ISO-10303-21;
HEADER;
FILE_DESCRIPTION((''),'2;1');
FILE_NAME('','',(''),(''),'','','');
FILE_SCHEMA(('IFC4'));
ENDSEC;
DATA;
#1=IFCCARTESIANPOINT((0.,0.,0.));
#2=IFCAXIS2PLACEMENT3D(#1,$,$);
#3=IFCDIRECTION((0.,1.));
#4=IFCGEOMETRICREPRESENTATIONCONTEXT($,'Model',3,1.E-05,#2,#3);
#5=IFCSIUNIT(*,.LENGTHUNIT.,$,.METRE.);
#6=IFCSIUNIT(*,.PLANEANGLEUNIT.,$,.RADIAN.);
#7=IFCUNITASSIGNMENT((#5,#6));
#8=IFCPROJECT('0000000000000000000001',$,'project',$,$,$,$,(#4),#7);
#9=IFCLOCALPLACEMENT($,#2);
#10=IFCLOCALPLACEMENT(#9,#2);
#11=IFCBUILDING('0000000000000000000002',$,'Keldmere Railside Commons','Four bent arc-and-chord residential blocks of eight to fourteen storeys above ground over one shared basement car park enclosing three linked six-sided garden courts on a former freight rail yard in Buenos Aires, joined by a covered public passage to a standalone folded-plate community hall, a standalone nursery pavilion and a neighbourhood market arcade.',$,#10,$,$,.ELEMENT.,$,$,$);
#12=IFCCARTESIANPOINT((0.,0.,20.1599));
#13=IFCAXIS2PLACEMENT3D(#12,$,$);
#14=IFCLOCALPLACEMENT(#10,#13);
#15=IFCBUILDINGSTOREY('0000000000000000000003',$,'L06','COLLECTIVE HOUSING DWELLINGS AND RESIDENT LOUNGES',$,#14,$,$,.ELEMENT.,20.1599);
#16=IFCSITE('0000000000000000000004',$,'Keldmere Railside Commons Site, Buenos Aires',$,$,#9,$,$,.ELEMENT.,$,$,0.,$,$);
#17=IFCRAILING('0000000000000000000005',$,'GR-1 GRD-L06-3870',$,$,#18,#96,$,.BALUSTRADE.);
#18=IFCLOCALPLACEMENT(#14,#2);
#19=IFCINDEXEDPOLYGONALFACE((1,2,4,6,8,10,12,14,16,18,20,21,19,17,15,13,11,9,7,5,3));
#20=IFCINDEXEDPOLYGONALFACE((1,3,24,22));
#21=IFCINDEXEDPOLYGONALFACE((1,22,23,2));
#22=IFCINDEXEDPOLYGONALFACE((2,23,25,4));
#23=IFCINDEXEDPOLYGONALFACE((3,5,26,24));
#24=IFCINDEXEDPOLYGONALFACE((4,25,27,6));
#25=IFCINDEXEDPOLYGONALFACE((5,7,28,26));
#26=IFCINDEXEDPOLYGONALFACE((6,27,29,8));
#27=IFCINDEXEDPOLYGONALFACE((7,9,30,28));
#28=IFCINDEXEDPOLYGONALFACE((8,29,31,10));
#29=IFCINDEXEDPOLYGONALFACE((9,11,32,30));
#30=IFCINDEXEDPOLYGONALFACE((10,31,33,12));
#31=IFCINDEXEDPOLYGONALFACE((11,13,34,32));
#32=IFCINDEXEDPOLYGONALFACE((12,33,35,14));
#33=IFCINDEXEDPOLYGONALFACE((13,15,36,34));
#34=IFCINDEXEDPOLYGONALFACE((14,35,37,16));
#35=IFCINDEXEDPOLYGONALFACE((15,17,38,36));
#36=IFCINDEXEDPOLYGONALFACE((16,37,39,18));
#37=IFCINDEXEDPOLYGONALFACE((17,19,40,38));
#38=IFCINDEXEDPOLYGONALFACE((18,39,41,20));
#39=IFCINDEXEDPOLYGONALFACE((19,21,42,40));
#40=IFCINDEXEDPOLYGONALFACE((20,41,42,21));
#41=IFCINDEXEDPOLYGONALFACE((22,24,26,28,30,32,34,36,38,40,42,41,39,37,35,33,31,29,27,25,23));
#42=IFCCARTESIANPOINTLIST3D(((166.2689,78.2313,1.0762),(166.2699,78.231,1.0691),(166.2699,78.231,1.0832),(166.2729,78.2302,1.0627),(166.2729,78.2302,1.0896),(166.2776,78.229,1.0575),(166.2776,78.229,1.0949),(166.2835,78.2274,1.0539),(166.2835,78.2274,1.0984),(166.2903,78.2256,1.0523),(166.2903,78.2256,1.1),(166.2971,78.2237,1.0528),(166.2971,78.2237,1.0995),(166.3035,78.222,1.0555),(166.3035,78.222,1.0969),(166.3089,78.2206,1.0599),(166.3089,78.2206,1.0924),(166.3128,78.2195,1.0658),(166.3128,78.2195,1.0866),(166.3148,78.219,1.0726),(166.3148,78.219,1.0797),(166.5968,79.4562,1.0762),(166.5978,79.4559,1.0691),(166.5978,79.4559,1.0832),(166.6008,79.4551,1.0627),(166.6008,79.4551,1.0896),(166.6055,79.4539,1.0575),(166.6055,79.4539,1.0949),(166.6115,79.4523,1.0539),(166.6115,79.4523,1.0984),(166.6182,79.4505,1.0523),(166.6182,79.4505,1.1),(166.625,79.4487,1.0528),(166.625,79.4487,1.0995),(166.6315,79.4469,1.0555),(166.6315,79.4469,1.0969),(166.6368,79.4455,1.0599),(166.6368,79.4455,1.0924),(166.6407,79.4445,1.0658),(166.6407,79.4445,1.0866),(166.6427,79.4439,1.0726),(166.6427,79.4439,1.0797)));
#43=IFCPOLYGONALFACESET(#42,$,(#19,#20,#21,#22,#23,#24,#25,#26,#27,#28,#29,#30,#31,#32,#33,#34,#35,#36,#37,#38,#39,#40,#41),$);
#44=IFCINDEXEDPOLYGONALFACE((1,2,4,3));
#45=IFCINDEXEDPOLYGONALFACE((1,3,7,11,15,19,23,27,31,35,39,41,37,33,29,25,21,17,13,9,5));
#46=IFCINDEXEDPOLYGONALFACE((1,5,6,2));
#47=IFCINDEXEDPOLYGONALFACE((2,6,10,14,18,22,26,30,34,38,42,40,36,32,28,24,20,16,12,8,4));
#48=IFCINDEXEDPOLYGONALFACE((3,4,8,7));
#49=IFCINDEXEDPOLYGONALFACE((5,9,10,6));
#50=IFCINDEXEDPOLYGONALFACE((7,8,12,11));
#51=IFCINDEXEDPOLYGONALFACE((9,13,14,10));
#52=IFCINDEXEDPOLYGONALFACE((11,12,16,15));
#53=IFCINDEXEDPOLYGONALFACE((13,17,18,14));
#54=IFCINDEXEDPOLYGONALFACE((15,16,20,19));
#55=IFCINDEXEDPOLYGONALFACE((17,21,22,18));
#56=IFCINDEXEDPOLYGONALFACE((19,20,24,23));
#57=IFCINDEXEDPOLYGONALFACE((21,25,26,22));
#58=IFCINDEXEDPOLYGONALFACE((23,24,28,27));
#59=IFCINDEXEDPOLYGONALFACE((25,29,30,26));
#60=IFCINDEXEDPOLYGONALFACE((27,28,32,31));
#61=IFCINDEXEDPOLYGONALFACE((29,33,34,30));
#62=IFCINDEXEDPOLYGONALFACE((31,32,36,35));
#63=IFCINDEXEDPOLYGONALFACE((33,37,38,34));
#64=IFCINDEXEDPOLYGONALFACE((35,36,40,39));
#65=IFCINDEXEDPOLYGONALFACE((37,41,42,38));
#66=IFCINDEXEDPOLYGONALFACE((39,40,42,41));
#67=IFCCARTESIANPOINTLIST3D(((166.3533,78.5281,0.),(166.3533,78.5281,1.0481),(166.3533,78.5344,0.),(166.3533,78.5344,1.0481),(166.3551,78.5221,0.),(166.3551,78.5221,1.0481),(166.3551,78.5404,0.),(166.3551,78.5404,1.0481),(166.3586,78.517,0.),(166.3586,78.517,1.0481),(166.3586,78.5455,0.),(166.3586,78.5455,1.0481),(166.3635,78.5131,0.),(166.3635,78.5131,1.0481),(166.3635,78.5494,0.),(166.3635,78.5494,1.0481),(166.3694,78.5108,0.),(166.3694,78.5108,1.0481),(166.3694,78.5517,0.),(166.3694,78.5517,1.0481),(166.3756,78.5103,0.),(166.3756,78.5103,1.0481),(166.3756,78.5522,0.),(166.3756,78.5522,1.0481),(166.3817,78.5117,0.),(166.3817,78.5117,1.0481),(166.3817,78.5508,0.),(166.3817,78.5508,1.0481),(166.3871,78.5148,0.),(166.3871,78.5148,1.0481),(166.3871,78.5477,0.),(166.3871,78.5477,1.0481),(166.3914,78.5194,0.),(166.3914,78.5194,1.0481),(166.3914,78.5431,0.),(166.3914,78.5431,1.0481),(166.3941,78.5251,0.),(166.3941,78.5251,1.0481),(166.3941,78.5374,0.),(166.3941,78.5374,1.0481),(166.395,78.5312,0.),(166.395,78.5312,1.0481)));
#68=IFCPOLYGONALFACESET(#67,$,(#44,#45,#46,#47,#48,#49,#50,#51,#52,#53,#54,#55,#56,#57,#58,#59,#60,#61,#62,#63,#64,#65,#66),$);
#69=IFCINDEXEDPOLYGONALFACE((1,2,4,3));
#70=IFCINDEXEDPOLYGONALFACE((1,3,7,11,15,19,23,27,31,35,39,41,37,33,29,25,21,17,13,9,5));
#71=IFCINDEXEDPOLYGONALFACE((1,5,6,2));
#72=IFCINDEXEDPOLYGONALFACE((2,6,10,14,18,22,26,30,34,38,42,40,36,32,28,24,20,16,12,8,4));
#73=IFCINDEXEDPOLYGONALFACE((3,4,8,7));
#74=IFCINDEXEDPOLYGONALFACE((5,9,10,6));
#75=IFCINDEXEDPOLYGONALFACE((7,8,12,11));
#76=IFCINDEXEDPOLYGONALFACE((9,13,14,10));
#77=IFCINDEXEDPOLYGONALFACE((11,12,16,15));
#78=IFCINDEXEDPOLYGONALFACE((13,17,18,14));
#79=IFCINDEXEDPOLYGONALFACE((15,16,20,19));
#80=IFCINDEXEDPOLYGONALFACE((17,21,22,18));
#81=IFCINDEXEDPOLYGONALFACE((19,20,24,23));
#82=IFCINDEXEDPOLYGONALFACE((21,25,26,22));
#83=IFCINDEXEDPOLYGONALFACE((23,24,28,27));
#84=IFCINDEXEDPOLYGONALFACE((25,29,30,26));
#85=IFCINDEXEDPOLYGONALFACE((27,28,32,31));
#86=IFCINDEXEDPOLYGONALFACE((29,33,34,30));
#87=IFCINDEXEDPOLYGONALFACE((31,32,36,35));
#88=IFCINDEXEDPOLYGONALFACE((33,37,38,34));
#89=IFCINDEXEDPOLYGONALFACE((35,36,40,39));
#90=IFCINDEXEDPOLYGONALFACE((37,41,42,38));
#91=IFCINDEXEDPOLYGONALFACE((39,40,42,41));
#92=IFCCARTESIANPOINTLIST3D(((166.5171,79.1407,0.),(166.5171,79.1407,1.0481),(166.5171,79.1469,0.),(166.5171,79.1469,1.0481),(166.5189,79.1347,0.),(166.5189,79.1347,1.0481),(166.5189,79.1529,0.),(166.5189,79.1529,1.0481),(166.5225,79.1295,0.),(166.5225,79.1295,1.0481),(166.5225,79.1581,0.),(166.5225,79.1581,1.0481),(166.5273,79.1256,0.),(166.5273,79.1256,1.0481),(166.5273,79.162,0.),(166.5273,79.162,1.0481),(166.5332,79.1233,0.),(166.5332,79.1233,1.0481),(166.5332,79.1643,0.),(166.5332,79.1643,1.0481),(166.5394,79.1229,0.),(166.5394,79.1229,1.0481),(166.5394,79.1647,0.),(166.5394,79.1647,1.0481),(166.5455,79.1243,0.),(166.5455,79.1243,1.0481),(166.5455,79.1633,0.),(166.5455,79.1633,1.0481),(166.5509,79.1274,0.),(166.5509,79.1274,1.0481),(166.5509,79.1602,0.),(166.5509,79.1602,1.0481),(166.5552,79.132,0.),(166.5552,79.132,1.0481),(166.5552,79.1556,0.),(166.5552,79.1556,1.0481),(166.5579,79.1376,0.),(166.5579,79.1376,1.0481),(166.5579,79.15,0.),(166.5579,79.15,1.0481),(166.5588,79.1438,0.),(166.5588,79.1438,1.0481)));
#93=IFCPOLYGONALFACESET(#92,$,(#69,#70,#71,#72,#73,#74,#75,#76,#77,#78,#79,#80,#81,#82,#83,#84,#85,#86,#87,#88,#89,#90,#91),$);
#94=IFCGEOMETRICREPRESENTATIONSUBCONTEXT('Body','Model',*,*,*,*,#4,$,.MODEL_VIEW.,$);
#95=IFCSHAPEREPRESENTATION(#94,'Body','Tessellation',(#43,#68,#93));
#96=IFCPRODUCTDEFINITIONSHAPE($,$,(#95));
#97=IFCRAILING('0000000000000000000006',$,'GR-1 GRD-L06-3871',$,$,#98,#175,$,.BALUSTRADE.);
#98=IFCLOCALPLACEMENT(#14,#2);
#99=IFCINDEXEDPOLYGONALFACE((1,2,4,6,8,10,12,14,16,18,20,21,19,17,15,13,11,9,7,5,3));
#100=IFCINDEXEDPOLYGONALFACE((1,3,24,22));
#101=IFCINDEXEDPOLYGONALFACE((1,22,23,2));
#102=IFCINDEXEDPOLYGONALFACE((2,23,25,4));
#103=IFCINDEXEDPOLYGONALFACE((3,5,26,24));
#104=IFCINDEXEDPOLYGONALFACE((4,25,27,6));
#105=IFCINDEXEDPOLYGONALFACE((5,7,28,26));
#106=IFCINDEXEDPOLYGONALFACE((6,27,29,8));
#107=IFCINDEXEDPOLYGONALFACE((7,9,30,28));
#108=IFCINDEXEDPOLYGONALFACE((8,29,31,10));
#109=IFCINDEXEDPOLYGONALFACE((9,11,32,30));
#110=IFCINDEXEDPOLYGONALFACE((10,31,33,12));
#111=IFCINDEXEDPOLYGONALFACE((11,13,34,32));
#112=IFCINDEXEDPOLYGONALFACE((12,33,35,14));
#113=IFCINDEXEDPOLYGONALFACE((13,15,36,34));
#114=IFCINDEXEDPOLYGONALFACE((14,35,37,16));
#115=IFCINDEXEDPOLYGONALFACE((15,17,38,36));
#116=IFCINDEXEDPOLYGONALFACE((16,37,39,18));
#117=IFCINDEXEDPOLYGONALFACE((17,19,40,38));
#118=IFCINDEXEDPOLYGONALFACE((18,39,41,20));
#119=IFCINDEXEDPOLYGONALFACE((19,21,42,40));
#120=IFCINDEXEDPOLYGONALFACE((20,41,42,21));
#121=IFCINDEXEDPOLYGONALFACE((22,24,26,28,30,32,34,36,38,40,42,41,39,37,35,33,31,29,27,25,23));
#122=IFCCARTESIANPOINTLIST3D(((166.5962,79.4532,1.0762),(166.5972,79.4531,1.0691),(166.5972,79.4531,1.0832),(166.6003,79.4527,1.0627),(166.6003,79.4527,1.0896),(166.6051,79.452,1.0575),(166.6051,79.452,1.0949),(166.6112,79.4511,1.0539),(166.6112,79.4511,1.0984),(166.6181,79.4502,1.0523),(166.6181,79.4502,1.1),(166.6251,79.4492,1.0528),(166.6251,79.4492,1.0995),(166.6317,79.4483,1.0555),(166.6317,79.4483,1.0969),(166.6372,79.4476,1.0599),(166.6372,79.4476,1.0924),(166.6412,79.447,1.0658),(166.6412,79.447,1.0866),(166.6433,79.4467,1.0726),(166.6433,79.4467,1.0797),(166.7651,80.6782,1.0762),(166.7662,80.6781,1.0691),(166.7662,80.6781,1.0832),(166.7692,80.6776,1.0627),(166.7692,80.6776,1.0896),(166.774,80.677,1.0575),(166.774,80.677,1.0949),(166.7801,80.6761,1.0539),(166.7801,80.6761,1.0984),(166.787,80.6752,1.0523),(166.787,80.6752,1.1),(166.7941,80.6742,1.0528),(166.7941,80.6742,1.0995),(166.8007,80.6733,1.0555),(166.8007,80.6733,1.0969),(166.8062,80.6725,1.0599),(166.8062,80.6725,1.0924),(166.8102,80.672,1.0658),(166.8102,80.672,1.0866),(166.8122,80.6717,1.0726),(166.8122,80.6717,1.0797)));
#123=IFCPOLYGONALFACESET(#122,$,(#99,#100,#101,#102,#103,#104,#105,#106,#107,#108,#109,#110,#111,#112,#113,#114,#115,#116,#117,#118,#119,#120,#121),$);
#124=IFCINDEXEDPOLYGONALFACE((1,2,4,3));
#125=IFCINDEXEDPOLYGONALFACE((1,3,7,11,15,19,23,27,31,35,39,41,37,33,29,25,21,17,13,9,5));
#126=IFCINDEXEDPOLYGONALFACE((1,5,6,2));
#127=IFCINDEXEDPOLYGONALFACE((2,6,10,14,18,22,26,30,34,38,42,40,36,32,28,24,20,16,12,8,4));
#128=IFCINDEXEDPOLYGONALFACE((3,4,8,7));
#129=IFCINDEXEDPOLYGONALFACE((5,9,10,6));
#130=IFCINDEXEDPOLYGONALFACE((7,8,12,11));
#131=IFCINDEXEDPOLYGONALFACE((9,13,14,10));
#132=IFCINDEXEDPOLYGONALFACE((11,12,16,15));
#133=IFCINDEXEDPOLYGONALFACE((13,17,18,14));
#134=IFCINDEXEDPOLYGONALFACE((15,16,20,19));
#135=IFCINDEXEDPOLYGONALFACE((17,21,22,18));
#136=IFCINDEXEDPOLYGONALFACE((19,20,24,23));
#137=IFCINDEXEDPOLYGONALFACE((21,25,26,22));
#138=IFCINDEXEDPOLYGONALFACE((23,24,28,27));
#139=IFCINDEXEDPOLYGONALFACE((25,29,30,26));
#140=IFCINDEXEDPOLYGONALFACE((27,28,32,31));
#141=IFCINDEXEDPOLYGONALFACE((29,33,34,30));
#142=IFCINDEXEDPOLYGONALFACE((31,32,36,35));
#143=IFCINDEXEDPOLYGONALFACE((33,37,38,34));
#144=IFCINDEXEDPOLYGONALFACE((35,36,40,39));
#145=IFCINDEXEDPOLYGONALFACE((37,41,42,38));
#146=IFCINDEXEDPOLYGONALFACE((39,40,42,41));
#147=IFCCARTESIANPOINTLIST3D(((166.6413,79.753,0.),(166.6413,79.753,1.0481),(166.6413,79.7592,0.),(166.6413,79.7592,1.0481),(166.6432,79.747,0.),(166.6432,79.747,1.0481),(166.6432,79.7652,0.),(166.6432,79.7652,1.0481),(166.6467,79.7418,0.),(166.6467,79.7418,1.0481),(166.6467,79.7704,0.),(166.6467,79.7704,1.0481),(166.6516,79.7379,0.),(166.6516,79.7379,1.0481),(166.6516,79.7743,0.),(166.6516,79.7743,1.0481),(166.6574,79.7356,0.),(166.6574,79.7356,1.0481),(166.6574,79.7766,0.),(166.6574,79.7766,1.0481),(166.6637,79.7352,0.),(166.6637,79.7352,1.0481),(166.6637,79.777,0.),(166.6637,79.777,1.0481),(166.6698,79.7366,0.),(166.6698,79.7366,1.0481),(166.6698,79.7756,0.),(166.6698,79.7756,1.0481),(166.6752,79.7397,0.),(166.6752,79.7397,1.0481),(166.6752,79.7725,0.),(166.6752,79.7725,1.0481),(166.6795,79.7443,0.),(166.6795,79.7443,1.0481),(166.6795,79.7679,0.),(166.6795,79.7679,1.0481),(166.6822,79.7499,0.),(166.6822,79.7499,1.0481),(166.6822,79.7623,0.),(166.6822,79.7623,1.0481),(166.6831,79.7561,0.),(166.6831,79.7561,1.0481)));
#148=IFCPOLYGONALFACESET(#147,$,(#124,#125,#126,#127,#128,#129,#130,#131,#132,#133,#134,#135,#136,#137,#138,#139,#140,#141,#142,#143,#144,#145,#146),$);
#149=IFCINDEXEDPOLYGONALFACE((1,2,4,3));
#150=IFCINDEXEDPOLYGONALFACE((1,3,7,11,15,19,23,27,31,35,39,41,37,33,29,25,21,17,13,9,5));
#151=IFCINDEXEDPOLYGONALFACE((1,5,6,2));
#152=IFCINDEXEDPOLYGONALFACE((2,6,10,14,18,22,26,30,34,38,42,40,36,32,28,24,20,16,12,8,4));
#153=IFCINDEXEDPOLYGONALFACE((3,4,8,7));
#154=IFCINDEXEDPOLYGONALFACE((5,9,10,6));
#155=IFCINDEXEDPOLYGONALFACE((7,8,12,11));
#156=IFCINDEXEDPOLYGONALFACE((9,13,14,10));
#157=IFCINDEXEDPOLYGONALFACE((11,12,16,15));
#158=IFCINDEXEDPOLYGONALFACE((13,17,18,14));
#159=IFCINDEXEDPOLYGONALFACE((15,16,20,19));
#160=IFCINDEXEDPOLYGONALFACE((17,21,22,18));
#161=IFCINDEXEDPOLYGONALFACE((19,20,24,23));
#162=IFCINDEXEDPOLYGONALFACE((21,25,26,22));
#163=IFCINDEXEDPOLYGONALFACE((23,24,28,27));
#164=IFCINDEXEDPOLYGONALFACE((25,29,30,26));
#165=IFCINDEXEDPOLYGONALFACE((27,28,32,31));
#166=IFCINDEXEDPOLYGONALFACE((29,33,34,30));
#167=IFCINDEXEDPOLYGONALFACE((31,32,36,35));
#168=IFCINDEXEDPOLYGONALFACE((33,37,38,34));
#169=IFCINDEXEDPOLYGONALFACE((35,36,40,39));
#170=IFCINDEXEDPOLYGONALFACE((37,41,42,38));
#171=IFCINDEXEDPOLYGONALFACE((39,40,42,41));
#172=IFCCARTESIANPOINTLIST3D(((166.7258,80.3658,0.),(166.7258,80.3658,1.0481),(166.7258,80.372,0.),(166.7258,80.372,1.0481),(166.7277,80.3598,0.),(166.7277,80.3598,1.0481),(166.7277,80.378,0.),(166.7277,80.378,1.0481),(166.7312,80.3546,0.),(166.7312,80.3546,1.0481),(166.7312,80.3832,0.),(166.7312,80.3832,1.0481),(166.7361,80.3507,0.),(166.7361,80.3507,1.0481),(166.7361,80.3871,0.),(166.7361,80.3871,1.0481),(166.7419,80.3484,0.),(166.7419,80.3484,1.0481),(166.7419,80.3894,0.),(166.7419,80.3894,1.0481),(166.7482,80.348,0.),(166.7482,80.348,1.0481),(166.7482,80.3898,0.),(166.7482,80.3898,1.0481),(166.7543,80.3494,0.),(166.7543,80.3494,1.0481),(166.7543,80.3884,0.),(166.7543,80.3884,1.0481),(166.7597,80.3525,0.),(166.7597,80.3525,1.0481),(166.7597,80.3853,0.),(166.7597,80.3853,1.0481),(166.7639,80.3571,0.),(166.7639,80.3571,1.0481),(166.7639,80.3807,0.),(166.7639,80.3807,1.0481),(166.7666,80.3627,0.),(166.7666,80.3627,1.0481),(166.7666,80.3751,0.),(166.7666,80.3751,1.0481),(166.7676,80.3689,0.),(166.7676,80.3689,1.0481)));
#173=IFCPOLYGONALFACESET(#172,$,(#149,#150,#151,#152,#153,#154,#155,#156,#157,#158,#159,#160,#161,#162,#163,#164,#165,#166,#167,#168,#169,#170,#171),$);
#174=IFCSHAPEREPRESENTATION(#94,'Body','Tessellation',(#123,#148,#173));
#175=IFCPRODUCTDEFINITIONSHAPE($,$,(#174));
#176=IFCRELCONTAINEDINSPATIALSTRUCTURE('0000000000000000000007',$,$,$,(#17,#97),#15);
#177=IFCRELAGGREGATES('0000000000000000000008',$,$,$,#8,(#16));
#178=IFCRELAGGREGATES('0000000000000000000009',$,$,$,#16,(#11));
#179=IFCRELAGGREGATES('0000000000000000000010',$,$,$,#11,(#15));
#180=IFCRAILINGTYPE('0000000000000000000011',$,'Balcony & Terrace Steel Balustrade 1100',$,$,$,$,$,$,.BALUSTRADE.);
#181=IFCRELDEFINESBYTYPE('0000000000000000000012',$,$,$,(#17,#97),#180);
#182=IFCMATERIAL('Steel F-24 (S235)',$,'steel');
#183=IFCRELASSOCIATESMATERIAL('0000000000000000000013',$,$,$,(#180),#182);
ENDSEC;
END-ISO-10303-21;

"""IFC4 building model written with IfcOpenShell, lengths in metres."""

from ifc_helpers import new_model, si_unit, direction, frame, origin, origin_2d, place, context, subcontext, project, spatial, circle, extrude, material, type_object, element, save


model = new_model("IFC4")

# Units and contexts
model_context = context("Model", 3, precision=1e-05, world=origin(), true_north=direction((0.0, 1.0)))
body_context = subcontext(model_context, "Body", "Model", "MODEL_VIEW")
ifc_project = project(units=[si_unit("LENGTHUNIT", "METRE"), si_unit("PLANEANGLEUNIT", "RADIAN")], contexts=[model_context])

# Site, building, storey
site_placement = place(None, origin())
site = spatial("IfcSite", under=ifc_project, at=site_placement, Name="Keldmere Railside Commons Site, Buenos Aires", CompositionType="ELEMENT", RefElevation=0.0)
building_placement = place(site_placement, origin())
building = spatial("IfcBuilding", under=site, at=building_placement, Name="Keldmere Railside Commons", Description="Four bent arc-and-chord residential blocks of eight to fourteen storeys above ground over one shared basement car park enclosing three linked six-sided garden courts on a former freight rail yard in Buenos Aires, joined by a covered public passage to a standalone folded-plate community hall, a standalone nursery pavilion and a neighbourhood market arcade.", CompositionType="ELEMENT")
storey_placement = place(building_placement, frame((0.0, 0.0, 20.1599)))
storey = spatial("IfcBuildingStorey", under=building, at=storey_placement, Name="L06", Description="COLLECTIVE HOUSING DWELLINGS AND RESIDENT LOUNGES", CompositionType="ELEMENT", Elevation=20.1599)

# Railings
ifc_material_1 = material(Name="Steel F-24 (S235)", Category="steel")
railing_type = type_object("IfcRailingType", Name="Balcony & Terrace Steel Balustrade 1100", PredefinedType="BALUSTRADE", material=ifc_material_1)
railing_1_placement = place(storey_placement, frame((166.292, 78.2251, 0.0)))
element("IfcRailing", 1, at=railing_1_placement, inside=storey, type_object=railing_type, Name="GR-1 GRD-L06-3870", PredefinedType="BALUSTRADE", context=body_context, shape_type="SweptSolid", body=[
    extrude(circle(Radius=0.0239, at=origin_2d()), frame((0.0, 0.0, 1.0762), z_axis=(0.258585, 0.965988, 0.0), x_axis=(-0.965988, 0.258585, 0.0)), (0.0, 0.0, 1.0), 1.2681),
    extrude(circle(Radius=0.021, at=origin_2d()), frame((0.082, 0.3062, 0.0)), (0.0, 0.0, 1.0), 1.0481),
    extrude(circle(Radius=0.021, at=origin_2d()), frame((0.2458, 0.9187, 0.0)), (0.0, 0.0, 1.0), 1.0481),
])
railing_2_placement = place(storey_placement, frame((166.6199, 79.45, 0.0)))
element("IfcRailing", 2, at=railing_2_placement, inside=storey, type_object=railing_type, Name="GR-1 GRD-L06-3871", PredefinedType="BALUSTRADE", context=body_context, shape_type="SweptSolid", body=[
    extrude(circle(Radius=0.0239, at=origin_2d()), frame((0.0, 0.0, 1.0762), z_axis=(0.136611, 0.990625, 0.0), x_axis=(-0.990625, 0.136611, 0.0)), (0.0, 0.0, 1.0), 1.2366),
    extrude(circle(Radius=0.021, at=origin_2d()), frame((0.0422, 0.3062, 0.0)), (0.0, 0.0, 1.0), 1.0481),
    extrude(circle(Radius=0.021, at=origin_2d()), frame((0.1267, 0.9189, 0.0)), (0.0, 0.0, 1.0), 1.0481),
])

save(model, "model.ifc")
